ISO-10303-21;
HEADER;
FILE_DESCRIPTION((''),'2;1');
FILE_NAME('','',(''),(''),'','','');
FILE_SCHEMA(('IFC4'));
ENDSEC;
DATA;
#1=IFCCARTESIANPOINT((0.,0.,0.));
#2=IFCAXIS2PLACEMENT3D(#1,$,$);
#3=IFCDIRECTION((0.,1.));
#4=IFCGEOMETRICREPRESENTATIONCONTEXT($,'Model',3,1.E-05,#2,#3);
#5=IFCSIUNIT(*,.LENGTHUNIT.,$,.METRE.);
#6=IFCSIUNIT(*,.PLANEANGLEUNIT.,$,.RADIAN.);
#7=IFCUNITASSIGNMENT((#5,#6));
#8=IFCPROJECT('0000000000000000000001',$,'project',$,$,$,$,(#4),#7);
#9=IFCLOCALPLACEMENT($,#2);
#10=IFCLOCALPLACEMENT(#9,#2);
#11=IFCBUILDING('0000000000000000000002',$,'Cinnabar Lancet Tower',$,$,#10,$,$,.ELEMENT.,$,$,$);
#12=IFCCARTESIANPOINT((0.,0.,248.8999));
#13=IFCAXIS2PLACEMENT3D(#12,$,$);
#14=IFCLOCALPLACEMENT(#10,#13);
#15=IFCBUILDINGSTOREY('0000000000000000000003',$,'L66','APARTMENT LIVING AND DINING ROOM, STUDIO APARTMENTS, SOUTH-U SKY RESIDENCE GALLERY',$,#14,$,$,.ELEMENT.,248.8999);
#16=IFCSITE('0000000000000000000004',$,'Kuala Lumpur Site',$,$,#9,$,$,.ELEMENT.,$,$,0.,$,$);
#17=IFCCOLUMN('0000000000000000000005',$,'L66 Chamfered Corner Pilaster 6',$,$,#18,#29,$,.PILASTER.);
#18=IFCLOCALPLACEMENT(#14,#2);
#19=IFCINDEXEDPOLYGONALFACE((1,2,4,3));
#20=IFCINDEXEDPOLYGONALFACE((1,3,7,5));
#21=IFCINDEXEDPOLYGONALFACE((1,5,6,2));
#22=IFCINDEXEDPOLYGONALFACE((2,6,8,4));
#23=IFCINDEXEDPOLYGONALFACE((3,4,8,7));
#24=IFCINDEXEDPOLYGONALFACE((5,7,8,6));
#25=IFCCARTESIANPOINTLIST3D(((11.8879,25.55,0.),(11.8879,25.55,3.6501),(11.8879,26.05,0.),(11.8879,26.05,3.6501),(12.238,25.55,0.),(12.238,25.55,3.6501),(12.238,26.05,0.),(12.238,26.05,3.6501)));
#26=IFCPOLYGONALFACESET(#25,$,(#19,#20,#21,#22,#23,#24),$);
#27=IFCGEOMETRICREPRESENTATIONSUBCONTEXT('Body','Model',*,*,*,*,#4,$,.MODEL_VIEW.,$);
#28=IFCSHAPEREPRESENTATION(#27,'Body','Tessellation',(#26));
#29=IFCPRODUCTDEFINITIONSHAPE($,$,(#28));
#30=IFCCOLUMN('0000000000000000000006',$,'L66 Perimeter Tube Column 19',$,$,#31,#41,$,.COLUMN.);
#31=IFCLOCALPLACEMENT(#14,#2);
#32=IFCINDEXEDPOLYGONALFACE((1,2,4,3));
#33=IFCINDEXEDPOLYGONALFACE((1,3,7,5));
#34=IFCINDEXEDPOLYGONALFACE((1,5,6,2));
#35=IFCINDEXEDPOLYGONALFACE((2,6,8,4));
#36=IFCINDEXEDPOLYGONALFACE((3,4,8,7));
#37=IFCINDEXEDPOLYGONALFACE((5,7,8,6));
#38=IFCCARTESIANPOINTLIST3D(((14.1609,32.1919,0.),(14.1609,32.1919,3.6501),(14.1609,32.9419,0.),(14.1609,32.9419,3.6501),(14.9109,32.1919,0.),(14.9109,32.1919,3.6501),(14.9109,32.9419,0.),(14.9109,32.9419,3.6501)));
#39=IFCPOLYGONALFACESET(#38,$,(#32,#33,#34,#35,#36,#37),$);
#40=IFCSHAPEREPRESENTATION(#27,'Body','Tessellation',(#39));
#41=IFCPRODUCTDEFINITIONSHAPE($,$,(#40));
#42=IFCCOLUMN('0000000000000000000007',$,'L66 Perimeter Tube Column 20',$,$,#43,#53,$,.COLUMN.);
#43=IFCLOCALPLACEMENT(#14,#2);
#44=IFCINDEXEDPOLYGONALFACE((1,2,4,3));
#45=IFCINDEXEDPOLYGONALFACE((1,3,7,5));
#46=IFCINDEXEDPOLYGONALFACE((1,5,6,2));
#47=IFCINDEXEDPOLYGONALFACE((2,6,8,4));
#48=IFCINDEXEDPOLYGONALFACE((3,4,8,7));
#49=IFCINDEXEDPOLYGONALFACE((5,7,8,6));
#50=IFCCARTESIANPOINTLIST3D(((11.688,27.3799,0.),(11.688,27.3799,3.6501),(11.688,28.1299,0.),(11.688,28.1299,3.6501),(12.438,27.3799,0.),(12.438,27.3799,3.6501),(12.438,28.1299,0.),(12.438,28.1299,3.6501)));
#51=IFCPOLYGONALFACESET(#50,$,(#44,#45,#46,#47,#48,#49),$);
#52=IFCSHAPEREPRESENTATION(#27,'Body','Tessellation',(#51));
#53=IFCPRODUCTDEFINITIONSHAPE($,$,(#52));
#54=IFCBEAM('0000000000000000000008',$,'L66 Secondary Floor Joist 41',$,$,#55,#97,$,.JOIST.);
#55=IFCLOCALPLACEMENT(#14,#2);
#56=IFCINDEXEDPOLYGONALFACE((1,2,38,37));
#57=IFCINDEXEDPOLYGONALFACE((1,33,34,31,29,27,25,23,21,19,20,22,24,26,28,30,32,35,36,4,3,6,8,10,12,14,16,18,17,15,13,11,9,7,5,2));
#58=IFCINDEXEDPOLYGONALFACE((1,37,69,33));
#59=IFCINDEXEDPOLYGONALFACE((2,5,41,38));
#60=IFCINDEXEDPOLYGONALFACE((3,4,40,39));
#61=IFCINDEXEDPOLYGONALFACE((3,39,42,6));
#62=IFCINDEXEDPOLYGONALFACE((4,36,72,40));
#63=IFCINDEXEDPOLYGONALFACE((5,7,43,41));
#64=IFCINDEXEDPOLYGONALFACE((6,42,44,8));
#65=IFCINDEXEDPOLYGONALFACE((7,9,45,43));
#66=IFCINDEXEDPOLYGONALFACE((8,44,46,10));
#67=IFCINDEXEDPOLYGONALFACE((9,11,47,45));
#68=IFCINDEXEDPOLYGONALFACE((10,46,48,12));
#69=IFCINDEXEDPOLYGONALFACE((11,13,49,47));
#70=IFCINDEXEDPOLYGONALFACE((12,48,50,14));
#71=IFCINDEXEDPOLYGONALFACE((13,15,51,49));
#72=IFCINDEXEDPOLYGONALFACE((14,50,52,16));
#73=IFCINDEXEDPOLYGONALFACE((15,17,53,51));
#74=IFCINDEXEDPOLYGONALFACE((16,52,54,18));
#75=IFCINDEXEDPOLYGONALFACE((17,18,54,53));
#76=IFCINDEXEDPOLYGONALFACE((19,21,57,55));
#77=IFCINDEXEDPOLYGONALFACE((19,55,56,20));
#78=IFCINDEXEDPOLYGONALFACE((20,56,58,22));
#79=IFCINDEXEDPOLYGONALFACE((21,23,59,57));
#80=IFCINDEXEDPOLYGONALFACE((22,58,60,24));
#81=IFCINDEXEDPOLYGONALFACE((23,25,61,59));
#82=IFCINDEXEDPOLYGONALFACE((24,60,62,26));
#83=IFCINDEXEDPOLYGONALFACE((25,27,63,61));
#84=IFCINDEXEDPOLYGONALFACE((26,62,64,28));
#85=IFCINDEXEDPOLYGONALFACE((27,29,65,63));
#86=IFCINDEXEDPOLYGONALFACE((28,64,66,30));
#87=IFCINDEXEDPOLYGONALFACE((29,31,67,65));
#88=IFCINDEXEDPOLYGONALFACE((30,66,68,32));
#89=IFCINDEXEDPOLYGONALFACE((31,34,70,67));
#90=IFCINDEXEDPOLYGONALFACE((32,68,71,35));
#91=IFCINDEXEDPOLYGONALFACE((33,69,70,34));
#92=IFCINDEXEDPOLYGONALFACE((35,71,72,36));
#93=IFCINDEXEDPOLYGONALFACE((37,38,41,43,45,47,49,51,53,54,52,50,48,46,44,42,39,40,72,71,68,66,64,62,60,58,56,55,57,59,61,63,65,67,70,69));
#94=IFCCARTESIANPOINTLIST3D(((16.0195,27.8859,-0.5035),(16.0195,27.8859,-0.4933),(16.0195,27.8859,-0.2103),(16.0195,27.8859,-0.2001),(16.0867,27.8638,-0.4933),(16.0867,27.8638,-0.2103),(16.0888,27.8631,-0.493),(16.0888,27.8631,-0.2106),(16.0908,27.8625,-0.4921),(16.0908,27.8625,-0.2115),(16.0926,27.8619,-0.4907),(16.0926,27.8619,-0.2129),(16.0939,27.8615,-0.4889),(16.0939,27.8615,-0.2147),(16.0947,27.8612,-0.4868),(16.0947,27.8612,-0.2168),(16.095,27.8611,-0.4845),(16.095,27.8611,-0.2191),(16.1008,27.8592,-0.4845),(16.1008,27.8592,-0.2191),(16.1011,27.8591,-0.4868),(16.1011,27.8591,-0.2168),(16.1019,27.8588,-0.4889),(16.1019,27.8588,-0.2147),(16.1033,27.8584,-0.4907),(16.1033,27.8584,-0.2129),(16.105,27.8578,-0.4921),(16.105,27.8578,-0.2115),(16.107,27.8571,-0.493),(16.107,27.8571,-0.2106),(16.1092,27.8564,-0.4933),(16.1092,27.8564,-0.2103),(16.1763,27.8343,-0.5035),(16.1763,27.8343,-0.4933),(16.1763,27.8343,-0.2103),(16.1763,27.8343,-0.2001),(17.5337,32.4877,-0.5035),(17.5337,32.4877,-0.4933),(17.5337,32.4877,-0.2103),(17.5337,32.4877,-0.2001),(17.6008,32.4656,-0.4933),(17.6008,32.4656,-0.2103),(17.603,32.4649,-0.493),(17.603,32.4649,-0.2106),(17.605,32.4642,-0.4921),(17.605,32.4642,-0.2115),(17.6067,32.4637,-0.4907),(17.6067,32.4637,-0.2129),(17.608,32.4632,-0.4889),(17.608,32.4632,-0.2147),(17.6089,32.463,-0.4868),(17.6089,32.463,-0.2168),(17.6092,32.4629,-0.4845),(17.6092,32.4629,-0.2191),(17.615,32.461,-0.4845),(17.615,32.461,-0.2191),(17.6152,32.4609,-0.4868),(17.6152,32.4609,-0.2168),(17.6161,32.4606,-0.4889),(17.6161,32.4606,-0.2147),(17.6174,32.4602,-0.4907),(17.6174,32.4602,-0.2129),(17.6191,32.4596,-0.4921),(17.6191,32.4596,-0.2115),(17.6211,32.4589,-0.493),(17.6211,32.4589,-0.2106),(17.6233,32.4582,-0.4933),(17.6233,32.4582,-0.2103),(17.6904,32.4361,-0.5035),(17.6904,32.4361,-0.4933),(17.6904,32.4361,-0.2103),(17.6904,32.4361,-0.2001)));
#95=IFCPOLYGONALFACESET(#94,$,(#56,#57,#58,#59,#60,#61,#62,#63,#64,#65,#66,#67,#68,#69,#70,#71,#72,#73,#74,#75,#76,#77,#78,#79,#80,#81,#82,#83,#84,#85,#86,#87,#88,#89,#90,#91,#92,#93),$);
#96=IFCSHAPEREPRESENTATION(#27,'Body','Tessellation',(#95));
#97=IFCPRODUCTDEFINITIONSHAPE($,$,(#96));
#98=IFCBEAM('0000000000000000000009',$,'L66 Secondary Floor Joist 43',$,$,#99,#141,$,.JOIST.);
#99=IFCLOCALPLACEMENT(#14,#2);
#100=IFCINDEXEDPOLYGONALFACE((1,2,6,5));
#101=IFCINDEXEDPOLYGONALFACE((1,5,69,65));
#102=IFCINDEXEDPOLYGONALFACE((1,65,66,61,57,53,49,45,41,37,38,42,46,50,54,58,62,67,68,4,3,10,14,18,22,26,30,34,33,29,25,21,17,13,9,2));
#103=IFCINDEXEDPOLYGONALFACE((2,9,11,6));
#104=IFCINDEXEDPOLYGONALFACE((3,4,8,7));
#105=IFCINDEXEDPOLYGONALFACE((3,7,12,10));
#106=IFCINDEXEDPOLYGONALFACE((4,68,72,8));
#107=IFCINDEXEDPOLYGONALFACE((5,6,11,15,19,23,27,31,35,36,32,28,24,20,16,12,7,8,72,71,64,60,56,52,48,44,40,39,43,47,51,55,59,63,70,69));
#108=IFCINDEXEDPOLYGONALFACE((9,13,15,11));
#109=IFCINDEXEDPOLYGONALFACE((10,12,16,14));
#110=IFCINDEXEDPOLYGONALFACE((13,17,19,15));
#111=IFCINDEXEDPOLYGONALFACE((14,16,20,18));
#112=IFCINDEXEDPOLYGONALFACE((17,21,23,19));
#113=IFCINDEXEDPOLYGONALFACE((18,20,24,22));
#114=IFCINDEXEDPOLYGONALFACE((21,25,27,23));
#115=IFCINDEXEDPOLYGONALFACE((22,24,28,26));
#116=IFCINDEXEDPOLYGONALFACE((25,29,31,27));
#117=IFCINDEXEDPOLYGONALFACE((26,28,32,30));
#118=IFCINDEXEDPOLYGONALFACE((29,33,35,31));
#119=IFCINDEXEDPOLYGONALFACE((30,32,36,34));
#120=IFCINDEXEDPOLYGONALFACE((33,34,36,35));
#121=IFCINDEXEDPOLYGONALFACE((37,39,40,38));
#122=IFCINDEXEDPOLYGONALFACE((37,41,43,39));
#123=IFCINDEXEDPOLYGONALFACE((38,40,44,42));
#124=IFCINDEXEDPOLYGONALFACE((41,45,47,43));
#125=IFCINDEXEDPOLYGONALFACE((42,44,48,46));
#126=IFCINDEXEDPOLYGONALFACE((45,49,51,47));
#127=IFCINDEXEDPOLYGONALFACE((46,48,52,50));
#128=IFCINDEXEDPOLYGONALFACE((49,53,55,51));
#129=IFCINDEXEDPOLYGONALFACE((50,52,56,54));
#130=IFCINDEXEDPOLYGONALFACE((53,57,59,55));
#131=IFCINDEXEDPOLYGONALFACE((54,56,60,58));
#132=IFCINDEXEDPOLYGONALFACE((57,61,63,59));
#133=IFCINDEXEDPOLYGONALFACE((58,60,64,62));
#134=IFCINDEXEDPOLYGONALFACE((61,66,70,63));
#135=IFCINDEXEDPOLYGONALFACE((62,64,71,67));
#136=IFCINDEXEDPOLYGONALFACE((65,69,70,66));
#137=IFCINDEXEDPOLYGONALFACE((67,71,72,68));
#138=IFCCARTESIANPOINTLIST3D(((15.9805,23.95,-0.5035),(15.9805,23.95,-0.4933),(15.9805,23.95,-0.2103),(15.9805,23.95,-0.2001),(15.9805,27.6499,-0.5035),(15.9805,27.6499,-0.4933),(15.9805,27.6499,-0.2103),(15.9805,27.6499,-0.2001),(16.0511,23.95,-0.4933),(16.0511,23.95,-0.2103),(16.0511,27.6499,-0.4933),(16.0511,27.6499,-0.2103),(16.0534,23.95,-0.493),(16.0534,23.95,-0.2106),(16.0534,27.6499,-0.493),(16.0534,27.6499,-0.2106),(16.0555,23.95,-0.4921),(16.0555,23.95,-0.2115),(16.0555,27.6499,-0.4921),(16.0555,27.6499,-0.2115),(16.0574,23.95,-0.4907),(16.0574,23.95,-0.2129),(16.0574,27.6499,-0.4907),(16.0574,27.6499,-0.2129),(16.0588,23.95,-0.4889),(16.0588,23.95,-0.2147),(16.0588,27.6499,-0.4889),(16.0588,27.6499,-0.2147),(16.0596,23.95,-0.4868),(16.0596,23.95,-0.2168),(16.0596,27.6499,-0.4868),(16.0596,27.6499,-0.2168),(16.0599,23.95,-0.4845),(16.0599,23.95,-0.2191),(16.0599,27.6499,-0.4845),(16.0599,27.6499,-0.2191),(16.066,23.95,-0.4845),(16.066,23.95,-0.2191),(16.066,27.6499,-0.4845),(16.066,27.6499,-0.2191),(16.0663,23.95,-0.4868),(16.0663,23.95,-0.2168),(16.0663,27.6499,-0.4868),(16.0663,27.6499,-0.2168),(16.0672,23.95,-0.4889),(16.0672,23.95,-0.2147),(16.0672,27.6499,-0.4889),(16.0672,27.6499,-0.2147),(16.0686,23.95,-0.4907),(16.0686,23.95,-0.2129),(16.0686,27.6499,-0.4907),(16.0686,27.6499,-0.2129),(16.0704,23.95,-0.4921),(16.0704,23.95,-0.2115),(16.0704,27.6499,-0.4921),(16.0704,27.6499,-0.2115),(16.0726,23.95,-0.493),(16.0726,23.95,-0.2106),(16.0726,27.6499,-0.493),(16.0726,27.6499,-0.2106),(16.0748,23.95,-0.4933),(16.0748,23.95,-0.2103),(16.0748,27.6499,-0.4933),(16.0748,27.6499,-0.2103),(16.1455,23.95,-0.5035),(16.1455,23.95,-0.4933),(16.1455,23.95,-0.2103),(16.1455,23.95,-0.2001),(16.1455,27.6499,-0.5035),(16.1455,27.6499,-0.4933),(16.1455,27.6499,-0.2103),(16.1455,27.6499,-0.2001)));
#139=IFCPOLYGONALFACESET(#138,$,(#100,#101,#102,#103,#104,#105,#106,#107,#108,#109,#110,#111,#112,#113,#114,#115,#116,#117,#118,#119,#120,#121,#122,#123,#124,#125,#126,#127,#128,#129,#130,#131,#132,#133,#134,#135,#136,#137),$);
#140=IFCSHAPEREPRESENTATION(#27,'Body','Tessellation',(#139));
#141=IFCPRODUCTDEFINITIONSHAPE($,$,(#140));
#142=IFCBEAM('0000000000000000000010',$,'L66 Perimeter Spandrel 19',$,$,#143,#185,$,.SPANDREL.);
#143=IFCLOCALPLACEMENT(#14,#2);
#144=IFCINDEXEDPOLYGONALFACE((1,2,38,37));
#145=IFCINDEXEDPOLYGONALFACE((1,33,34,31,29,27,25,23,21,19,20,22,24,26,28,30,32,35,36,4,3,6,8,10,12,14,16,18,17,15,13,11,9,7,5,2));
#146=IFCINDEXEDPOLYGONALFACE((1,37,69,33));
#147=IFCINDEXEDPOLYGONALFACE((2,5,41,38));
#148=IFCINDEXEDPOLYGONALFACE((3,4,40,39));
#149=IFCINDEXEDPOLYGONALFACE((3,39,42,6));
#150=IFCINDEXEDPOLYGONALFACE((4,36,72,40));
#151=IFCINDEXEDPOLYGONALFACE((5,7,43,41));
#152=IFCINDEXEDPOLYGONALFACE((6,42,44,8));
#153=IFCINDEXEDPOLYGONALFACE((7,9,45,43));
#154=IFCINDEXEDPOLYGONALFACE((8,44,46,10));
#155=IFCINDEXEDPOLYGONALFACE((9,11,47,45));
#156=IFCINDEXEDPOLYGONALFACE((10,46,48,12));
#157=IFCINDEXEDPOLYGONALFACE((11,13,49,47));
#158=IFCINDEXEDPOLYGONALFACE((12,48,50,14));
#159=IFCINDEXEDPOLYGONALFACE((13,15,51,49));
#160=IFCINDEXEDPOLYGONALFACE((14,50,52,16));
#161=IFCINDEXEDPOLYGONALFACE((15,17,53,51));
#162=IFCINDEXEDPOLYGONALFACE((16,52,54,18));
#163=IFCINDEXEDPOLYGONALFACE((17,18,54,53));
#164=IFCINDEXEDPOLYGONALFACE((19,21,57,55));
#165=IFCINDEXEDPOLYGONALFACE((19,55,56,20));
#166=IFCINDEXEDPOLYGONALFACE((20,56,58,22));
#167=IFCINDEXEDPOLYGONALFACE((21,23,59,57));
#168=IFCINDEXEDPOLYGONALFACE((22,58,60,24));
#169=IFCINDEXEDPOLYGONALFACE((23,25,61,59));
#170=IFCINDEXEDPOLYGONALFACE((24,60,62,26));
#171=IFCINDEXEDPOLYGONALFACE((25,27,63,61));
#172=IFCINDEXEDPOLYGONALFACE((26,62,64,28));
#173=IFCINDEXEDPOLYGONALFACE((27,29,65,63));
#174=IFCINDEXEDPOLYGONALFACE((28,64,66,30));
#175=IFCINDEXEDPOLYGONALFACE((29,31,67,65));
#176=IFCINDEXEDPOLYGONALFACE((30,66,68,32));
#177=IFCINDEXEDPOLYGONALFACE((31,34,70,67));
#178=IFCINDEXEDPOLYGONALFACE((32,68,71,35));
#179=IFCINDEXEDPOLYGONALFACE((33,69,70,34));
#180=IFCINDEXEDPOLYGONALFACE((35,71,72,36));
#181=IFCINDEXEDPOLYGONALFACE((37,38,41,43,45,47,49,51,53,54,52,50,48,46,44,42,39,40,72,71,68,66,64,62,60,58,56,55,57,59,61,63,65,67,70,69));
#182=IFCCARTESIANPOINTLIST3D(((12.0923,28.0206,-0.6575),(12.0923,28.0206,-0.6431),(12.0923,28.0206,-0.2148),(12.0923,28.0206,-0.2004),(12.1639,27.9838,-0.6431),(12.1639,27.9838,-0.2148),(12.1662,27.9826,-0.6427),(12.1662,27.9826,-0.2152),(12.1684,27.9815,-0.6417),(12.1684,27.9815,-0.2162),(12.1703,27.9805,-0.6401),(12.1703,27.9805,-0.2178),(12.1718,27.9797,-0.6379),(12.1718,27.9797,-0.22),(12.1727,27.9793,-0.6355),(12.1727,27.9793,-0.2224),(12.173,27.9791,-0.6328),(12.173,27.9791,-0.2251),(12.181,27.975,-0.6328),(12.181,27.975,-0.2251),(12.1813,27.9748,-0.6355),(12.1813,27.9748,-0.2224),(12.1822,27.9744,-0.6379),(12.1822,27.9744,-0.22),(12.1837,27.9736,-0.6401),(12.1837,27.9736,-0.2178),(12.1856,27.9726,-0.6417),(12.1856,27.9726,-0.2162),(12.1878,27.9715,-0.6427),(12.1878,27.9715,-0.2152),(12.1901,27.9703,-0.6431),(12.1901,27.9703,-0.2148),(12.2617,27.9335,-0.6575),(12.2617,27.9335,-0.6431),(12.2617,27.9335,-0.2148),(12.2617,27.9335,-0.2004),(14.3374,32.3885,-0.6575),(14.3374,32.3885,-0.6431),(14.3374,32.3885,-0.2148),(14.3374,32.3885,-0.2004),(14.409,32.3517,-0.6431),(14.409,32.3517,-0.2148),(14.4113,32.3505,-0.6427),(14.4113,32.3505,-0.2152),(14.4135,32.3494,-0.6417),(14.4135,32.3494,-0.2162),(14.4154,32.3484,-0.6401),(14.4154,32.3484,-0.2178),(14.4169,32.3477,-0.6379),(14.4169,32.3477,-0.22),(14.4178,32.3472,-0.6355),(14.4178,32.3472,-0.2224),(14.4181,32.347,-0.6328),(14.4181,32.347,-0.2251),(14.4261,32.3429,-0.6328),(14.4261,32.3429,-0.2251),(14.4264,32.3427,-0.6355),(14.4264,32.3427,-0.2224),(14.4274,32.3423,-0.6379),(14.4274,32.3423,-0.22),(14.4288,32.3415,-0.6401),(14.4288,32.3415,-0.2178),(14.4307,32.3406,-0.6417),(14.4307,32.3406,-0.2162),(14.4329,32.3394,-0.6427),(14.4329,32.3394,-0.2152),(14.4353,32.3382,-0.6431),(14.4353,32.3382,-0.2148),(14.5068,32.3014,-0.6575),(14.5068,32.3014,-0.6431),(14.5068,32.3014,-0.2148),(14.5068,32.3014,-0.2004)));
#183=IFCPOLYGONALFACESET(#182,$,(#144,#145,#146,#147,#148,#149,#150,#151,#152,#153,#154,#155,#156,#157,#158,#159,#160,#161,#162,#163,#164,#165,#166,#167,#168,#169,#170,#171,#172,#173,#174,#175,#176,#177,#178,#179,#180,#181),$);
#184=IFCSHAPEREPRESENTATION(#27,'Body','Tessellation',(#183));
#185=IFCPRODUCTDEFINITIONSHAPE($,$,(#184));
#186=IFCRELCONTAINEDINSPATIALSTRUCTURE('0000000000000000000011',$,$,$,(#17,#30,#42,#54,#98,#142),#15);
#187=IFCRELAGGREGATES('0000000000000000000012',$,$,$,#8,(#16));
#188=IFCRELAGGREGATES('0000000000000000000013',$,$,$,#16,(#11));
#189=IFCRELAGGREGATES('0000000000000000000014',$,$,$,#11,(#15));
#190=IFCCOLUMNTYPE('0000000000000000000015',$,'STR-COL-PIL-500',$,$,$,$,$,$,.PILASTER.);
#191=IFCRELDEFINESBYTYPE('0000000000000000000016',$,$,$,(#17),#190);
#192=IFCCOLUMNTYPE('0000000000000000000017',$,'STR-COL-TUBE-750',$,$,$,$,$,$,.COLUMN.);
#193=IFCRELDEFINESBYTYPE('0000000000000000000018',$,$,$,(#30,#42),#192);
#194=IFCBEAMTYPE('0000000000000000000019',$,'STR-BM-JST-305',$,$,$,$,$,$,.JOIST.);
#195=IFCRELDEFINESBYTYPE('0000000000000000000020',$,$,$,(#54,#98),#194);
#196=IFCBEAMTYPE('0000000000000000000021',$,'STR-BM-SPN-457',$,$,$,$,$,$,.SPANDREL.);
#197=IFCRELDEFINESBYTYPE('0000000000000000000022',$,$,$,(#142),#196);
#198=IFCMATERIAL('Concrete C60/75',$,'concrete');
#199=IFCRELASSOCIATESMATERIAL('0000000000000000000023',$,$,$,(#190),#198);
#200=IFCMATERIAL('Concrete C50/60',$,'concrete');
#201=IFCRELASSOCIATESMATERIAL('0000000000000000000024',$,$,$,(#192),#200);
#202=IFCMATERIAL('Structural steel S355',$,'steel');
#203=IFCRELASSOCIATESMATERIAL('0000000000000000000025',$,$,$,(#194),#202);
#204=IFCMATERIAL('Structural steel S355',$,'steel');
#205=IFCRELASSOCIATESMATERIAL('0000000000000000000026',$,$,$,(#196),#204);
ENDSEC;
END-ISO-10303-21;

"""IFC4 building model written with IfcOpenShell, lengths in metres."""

from ifc_helpers import new_model, si_unit, direction, frame, origin, origin_2d, place, context, subcontext, project, spatial, rectangle, i_section, extrude, material, material_profile, profile_set, type_object, element, save


model = new_model("IFC4")

# Units and contexts
model_context = context("Model", 3, precision=1e-05, world=origin(), true_north=direction((0.0, 1.0)))
body_context = subcontext(model_context, "Body", "Model", "MODEL_VIEW")
ifc_project = project(units=[si_unit("LENGTHUNIT", "METRE"), si_unit("PLANEANGLEUNIT", "RADIAN")], contexts=[model_context])

# Site, building, storey
site_placement = place(None, origin())
site = spatial("IfcSite", under=ifc_project, at=site_placement, Name="Kuala Lumpur Site", CompositionType="ELEMENT", RefElevation=0.0)
building_placement = place(site_placement, origin())
building = spatial("IfcBuilding", under=site, at=building_placement, Name="Cinnabar Lancet Tower", CompositionType="ELEMENT")
storey_placement = place(building_placement, frame((0.0, 0.0, 248.8999)))
storey = spatial("IfcBuildingStorey", under=building, at=storey_placement, Name="L66", Description="APARTMENT LIVING AND DINING ROOM, STUDIO APARTMENTS, SOUTH-U SKY RESIDENCE GALLERY", CompositionType="ELEMENT", Elevation=248.8999)

# Columns
ifc_material_1 = material(Name="Concrete C60/75", Category="concrete")
ifc_material_profile_1 = material_profile(ifc_material_1, rectangle(XDim=0.5, YDim=0.3501, at=origin_2d()), Name="RC-PIL 500x350")
ifc_profile_set_1 = profile_set([ifc_material_profile_1], Name="Concrete C60/75")
column_type_1 = type_object("IfcColumnType", Name="STR-COL-PIL-500", PredefinedType="PILASTER", material=ifc_profile_set_1)
column_placement = place(storey_placement, frame((12.063, 25.8, 0.0), z_axis=(0.0, 0.0, 1.0), x_axis=(0.0, -1.0, 0.0)))
element("IfcColumn", 1, at=column_placement, inside=storey, type_object=column_type_1, Name="L66 Chamfered Corner Pilaster 6", PredefinedType="PILASTER", context=body_context, shape_type="SweptSolid", body=[
    extrude(rectangle(XDim=0.5, YDim=0.3501, at=origin_2d()), origin(), (0.0, 0.0, 1.0), 3.6501),
])
ifc_material_2 = material(Name="Concrete C50/60", Category="concrete")
ifc_material_profile_2 = material_profile(ifc_material_2, rectangle(XDim=0.75, YDim=0.75, at=origin_2d()), Name="RC-COL 750x750")
ifc_profile_set_2 = profile_set([ifc_material_profile_2], Name="Concrete C50/60")
column_type_2 = type_object("IfcColumnType", Name="STR-COL-TUBE-750", PredefinedType="COLUMN", material=ifc_profile_set_2)
for number, where, z_axis, x_axis, name in (
    (2, (14.5359, 32.5669, 0.0), (0.0, 0.0, 1.0), (1.0, 0.0, 0.0), "L66 Perimeter Tube Column 19"),
    (3, (12.063, 27.7549, 0.0), (0.0, 0.0, 1.0), (1.0, 0.0, 0.0), "L66 Perimeter Tube Column 20"),
):
    element("IfcColumn", number, at=place(storey_placement, frame(where, z_axis=z_axis, x_axis=x_axis)), inside=storey, type_object=column_type_2, Name=name, PredefinedType="COLUMN", context=body_context, shape_type="SweptSolid", body=[
        extrude(rectangle(XDim=0.75, YDim=0.75, at=origin_2d()), origin(), (0.0, 0.0, 1.0), 3.6501),
    ])

# Beams
ifc_material_3 = material(Name="Structural steel S355", Category="steel")
ifc_material_profile_3 = material_profile(ifc_material_3, i_section(OverallWidth=0.165, OverallDepth=0.3035, WebThickness=0.0061, FlangeThickness=0.0103, FilletRadius=0.0088, at=origin_2d()), Name="UKB 305x165x40")
ifc_profile_set_3 = profile_set([ifc_material_profile_3], Name="Structural steel S355")
beam_type_1 = type_object("IfcBeamType", Name="STR-BM-JST-305", PredefinedType="JOIST", material=ifc_profile_set_3)
beam_1_placement = place(storey_placement, frame((17.6121, 32.4619, -0.3518), z_axis=(-0.312552, -0.949901, 0.0), x_axis=(0.949901, -0.312552, 0.0)))
element("IfcBeam", 4, at=beam_1_placement, inside=storey, type_object=beam_type_1, Name="L66 Secondary Floor Joist 41", PredefinedType="JOIST", context=body_context, shape_type="SweptSolid", body=[
    extrude(i_section(OverallWidth=0.165, OverallDepth=0.3035, WebThickness=0.0061, FlangeThickness=0.0103, FilletRadius=0.0088, at=origin_2d()), origin(), (0.0, 0.0, 1.0), 4.8445),
])
beam_2_placement = place(storey_placement, frame((16.063, 27.6499, -0.3518), z_axis=(0.0, -1.0, 0.0), x_axis=(1.0, 0.0, 0.0)))
element("IfcBeam", 5, at=beam_2_placement, inside=storey, type_object=beam_type_1, Name="L66 Secondary Floor Joist 43", PredefinedType="JOIST", context=body_context, shape_type="SweptSolid", body=[
    extrude(i_section(OverallWidth=0.165, OverallDepth=0.3035, WebThickness=0.0061, FlangeThickness=0.0103, FilletRadius=0.0088, at=origin_2d()), origin(), (0.0, 0.0, 1.0), 3.7),
])
ifc_material_4 = material(Name="Structural steel S355", Category="steel")
ifc_material_profile_4 = material_profile(ifc_material_4, i_section(OverallWidth=0.1904, OverallDepth=0.457, WebThickness=0.009, FlangeThickness=0.0144, FilletRadius=0.0103, at=origin_2d()), Name="UKB 457x191x74")
ifc_profile_set_4 = profile_set([ifc_material_profile_4], Name="Structural steel S355")
beam_type_2 = type_object("IfcBeamType", Name="STR-BM-SPN-457", PredefinedType="SPANDREL", material=ifc_profile_set_4)
beam_3_placement = place(storey_placement, frame((14.4221, 32.345, -0.429), z_axis=(-0.457148, -0.889391, 0.0), x_axis=(0.889391, -0.457148, 0.0)))
element("IfcBeam", 6, at=beam_3_placement, inside=storey, type_object=beam_type_2, Name="L66 Perimeter Spandrel 19", PredefinedType="SPANDREL", context=body_context, shape_type="SweptSolid", body=[
    extrude(i_section(OverallWidth=0.1904, OverallDepth=0.457, WebThickness=0.009, FlangeThickness=0.0144, FilletRadius=0.0103, at=origin_2d()), origin(), (0.0, 0.0, 1.0), 4.9111),
])

save(model, "model.ifc")
